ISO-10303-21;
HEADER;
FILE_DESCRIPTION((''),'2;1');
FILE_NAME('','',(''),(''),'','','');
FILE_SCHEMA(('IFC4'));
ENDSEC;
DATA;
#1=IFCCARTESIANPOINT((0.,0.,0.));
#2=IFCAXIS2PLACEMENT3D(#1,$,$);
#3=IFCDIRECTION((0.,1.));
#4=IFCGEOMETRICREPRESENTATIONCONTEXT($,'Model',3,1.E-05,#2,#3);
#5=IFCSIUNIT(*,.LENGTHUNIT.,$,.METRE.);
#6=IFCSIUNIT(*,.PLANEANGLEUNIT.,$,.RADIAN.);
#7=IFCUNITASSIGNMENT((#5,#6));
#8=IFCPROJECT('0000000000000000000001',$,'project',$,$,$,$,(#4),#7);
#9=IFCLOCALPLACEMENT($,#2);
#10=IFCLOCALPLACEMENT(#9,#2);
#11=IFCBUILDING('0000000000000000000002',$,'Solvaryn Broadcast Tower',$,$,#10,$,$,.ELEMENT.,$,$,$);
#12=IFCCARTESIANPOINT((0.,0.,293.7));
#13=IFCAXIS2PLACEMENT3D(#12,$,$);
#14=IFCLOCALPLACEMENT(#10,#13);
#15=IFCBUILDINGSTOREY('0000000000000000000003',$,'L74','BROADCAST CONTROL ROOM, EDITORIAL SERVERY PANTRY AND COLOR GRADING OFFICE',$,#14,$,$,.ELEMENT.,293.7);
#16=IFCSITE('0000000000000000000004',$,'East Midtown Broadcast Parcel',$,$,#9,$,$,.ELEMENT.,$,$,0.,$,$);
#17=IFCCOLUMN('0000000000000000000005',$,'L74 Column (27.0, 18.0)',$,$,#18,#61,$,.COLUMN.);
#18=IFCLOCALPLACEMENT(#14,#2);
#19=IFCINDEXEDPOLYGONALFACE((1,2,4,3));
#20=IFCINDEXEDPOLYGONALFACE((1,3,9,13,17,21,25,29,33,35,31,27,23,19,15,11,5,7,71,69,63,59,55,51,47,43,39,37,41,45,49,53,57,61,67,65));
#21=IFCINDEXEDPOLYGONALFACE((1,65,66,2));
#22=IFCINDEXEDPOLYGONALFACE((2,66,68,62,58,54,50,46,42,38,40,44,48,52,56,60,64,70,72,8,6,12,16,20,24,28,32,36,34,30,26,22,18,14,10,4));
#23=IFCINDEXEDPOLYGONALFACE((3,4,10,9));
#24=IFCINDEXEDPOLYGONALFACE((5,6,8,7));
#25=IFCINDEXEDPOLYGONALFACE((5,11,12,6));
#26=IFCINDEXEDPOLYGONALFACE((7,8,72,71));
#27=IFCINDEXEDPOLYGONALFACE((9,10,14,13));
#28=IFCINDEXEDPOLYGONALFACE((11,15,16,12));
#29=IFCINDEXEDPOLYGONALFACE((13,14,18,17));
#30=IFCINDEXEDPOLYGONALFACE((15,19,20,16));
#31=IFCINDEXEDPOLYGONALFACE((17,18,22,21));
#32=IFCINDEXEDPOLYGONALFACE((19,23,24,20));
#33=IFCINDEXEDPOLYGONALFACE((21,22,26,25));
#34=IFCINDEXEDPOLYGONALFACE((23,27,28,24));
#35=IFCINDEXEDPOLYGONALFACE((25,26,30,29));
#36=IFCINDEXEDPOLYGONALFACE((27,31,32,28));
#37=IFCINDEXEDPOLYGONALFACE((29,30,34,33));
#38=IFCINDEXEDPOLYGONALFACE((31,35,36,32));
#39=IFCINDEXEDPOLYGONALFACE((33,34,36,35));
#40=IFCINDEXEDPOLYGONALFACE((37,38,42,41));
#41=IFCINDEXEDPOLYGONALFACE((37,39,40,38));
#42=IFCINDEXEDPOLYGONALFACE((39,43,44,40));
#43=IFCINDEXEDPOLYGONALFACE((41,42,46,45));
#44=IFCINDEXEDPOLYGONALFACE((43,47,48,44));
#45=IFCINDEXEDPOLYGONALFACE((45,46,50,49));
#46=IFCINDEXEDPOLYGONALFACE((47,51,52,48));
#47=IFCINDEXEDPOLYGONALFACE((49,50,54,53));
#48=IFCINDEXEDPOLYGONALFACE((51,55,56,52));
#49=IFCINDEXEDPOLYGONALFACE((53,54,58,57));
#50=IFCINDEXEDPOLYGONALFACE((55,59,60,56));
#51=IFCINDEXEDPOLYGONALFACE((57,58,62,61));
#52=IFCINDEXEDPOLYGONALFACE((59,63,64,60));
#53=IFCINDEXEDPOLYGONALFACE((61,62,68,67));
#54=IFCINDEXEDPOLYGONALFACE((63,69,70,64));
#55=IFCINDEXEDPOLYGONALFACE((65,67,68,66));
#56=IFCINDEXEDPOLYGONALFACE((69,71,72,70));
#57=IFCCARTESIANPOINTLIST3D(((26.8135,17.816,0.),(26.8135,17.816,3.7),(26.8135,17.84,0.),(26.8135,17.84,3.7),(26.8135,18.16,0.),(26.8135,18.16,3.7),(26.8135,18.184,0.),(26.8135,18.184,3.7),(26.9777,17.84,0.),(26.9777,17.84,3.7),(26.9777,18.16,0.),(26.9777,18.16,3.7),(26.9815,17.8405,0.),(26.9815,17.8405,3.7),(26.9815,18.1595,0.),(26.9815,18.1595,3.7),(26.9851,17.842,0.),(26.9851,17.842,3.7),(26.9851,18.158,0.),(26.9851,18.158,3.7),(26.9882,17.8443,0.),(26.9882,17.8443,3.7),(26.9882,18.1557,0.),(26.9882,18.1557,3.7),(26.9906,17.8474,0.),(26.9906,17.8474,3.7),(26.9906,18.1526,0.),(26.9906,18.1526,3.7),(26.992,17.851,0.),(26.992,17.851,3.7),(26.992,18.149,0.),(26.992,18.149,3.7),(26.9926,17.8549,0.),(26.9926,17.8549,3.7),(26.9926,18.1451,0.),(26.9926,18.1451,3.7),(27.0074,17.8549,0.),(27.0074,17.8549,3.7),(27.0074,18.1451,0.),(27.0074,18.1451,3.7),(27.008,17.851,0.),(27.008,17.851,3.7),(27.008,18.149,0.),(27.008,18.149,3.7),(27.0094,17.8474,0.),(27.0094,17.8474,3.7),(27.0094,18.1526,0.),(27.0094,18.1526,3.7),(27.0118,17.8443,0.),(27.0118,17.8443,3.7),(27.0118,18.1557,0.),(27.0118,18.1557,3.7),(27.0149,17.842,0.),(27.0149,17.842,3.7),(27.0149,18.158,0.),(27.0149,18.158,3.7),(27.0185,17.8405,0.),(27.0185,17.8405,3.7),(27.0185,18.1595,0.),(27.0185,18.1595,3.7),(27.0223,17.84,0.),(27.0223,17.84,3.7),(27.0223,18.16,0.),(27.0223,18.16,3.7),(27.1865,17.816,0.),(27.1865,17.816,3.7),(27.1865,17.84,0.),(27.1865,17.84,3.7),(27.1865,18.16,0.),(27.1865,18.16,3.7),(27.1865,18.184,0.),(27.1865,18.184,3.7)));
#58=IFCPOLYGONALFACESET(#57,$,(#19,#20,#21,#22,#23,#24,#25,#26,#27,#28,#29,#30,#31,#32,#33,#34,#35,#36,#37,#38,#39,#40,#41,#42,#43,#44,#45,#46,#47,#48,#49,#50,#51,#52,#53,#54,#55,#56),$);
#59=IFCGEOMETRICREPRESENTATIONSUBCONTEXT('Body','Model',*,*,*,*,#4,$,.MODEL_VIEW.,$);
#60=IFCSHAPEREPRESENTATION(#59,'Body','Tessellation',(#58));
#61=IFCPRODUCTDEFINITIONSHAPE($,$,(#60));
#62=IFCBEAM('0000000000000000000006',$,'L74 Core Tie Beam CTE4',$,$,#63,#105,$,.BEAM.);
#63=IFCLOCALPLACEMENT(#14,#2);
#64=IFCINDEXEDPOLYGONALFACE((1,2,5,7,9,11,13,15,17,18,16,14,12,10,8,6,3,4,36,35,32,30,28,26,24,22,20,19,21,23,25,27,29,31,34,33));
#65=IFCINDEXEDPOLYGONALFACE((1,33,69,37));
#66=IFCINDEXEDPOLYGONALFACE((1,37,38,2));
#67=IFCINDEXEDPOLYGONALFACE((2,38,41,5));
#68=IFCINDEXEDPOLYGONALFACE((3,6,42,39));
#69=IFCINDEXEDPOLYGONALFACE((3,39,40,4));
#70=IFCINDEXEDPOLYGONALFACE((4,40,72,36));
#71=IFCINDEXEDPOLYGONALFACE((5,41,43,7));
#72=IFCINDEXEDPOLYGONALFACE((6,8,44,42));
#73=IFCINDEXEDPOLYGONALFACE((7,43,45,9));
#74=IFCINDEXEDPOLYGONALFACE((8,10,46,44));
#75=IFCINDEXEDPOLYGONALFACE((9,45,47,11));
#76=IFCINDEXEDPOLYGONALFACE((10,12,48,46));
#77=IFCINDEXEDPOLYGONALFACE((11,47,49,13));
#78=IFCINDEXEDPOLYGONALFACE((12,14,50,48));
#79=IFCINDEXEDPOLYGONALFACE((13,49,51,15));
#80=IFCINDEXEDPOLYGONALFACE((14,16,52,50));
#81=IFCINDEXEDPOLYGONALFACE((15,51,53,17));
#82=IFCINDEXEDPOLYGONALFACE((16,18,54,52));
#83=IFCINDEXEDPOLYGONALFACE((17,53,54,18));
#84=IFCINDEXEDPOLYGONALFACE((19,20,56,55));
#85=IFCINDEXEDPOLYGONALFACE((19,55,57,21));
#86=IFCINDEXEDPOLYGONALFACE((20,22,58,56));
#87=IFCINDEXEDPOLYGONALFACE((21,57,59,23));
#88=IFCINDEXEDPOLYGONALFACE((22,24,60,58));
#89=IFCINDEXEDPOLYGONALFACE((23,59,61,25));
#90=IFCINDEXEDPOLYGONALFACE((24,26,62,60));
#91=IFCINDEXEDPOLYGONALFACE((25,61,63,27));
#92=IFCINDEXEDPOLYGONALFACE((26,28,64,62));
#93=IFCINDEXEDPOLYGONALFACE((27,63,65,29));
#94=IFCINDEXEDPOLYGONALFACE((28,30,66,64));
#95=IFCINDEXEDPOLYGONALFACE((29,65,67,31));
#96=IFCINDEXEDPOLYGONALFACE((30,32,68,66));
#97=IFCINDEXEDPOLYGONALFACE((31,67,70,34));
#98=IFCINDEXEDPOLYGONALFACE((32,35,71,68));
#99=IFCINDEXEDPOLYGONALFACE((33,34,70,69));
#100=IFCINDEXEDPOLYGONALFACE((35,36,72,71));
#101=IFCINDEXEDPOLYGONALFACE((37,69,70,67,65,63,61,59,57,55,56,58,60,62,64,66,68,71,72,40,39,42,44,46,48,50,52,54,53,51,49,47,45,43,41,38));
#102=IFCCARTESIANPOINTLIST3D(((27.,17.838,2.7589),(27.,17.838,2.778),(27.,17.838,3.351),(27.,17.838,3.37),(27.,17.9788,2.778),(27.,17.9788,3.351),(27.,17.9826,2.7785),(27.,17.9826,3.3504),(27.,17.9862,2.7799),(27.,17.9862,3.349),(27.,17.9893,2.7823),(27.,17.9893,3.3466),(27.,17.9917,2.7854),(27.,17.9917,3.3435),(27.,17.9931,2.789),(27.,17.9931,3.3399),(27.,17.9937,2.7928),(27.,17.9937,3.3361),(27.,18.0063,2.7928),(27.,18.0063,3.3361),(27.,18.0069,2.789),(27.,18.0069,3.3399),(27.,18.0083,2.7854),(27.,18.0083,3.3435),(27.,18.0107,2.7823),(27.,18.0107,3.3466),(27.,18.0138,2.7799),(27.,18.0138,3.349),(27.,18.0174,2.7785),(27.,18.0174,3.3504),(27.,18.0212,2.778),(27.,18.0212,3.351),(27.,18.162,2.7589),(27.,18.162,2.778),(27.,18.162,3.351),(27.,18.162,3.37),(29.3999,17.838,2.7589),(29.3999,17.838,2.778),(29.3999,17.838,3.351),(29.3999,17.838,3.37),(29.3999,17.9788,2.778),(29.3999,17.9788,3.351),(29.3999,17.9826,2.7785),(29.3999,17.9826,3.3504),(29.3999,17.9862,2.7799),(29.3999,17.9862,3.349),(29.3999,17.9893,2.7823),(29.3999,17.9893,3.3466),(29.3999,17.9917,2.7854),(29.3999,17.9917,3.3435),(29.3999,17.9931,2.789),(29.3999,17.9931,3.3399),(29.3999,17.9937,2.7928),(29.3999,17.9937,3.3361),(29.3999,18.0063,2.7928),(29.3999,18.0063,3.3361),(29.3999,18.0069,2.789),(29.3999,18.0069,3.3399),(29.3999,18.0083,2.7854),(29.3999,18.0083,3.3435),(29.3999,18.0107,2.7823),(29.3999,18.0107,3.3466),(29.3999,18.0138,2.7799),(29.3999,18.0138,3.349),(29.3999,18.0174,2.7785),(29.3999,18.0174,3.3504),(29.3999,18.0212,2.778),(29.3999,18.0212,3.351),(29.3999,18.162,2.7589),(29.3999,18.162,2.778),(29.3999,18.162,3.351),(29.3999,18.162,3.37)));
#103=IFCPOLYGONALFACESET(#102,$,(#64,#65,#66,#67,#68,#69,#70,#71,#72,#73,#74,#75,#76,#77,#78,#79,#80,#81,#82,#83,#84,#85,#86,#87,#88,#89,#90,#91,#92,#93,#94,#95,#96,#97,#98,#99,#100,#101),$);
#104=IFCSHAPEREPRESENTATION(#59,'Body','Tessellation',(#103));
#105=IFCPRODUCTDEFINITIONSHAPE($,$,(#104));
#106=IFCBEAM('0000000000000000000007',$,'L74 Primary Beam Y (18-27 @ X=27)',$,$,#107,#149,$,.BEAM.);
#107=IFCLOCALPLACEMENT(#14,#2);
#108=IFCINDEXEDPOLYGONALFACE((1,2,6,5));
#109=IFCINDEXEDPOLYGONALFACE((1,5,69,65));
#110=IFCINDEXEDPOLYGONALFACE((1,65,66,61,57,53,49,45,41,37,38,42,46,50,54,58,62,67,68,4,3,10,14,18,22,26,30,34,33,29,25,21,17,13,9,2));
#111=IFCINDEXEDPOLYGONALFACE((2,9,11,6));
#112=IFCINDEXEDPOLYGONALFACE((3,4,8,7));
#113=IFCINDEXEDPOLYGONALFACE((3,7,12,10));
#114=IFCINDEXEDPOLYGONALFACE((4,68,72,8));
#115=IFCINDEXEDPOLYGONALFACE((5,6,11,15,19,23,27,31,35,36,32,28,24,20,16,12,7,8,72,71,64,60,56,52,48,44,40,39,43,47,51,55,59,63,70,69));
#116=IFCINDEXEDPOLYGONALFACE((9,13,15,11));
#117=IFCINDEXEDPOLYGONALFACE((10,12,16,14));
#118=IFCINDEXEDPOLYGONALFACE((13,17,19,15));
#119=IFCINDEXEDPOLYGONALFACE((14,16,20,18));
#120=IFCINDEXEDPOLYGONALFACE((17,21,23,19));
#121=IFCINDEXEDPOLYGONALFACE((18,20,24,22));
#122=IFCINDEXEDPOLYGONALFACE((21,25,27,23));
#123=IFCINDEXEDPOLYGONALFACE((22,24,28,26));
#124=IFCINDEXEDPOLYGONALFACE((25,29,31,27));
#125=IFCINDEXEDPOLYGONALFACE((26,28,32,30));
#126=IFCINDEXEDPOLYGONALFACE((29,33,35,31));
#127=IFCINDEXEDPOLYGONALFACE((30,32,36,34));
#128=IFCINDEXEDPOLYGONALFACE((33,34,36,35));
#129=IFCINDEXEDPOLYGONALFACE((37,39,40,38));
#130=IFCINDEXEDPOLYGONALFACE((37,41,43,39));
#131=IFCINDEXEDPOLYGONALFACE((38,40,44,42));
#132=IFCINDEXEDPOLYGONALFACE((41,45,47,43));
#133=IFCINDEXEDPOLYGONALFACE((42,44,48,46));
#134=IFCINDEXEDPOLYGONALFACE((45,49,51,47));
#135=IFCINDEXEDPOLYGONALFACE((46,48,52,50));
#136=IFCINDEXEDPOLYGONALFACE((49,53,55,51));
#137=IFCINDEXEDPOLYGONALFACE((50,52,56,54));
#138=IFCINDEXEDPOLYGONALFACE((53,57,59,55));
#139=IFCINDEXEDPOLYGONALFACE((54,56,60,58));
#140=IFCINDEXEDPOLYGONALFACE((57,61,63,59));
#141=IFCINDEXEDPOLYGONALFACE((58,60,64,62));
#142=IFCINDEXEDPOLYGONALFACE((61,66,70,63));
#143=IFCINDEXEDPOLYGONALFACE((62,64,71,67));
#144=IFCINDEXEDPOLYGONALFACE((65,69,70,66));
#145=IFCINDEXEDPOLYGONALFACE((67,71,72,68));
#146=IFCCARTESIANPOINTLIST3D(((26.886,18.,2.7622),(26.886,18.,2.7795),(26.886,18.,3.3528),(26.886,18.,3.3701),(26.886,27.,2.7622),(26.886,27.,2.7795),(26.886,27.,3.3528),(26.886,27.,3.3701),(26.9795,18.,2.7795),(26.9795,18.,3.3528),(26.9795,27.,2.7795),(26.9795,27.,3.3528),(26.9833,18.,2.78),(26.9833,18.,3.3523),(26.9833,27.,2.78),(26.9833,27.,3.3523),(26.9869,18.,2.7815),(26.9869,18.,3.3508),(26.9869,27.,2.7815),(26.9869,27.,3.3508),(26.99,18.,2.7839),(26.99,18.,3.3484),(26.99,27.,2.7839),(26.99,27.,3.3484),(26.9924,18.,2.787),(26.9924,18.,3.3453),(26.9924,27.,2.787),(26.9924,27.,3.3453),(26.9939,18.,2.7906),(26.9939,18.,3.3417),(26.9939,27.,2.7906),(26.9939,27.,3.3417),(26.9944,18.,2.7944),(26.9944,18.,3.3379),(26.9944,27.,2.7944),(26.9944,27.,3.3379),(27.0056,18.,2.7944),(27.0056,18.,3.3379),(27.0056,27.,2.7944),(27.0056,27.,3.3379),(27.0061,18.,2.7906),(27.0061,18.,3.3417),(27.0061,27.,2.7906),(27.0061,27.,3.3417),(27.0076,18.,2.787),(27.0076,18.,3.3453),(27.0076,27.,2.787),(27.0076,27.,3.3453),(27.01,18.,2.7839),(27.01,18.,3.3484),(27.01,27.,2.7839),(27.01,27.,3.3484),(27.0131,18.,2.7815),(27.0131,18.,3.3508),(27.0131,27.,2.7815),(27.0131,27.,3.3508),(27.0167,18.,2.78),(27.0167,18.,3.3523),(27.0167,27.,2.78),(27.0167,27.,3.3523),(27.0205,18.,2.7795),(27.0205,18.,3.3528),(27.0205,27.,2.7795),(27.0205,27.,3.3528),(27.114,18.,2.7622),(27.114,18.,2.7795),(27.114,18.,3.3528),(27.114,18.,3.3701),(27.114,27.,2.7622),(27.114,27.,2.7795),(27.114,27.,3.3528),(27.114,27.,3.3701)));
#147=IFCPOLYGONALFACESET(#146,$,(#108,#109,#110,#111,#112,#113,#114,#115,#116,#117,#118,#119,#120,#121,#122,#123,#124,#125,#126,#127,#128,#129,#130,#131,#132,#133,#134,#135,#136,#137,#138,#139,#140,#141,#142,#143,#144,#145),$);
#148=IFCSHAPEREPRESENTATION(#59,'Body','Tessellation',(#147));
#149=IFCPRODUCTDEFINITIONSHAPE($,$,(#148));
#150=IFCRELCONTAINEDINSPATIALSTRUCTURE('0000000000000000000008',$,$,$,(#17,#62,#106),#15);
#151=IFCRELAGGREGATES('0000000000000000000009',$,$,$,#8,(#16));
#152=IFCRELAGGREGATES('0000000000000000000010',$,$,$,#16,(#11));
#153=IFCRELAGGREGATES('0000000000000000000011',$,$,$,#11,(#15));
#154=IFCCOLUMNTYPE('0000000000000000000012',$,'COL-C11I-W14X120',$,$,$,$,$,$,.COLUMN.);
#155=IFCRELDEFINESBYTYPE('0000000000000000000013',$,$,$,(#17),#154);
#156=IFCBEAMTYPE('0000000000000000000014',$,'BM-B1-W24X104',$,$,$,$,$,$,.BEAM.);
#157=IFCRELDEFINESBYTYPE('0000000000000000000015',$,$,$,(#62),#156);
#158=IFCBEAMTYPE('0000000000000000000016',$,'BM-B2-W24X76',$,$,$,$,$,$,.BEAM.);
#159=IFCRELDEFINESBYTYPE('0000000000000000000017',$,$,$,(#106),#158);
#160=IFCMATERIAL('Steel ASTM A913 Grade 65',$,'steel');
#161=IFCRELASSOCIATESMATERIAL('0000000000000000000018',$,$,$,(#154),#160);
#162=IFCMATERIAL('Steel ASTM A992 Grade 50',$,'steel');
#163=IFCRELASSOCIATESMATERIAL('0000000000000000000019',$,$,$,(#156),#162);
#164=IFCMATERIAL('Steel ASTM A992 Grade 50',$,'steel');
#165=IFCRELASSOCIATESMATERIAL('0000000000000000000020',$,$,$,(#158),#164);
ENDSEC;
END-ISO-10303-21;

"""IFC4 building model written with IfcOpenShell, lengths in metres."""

from ifc_helpers import new_model, si_unit, direction, frame, origin, origin_2d, place, context, subcontext, project, spatial, i_section, extrude, material, material_profile, profile_set, type_object, element, save


model = new_model("IFC4")

# Units and contexts
model_context = context("Model", 3, precision=1e-05, world=origin(), true_north=direction((0.0, 1.0)))
body_context = subcontext(model_context, "Body", "Model", "MODEL_VIEW")
ifc_project = project(units=[si_unit("LENGTHUNIT", "METRE"), si_unit("PLANEANGLEUNIT", "RADIAN")], contexts=[model_context])

# Site, building, storey
site_placement = place(None, origin())
site = spatial("IfcSite", under=ifc_project, at=site_placement, Name="East Midtown Broadcast Parcel", CompositionType="ELEMENT", RefElevation=0.0)
building_placement = place(site_placement, origin())
building = spatial("IfcBuilding", under=site, at=building_placement, Name="Solvaryn Broadcast Tower", CompositionType="ELEMENT")
storey_placement = place(building_placement, frame((0.0, 0.0, 293.7)))
storey = spatial("IfcBuildingStorey", under=building, at=storey_placement, Name="L74", Description="BROADCAST CONTROL ROOM, EDITORIAL SERVERY PANTRY AND COLOR GRADING OFFICE", CompositionType="ELEMENT", Elevation=293.7)

# Column
ifc_material_1 = material(Name="Steel ASTM A913 Grade 65", Category="steel")
ifc_material_profile_1 = material_profile(ifc_material_1, i_section(OverallWidth=0.373, OverallDepth=0.3679, WebThickness=0.0149, FlangeThickness=0.0239, FilletRadius=0.0149, at=origin_2d()))
ifc_profile_set_1 = profile_set([ifc_material_profile_1], Name="Steel ASTM A913 Grade 65")
column_type = type_object("IfcColumnType", Name="COL-C11I-W14X120", PredefinedType="COLUMN", material=ifc_profile_set_1)
column_placement = place(storey_placement, frame((27.0, 18.0, 0.0), z_axis=(0.0, 0.0, 1.0), x_axis=(1.0, 0.0, 0.0)))
element("IfcColumn", 1, at=column_placement, inside=storey, type_object=column_type, Name="L74 Column (27.0, 18.0)", PredefinedType="COLUMN", context=body_context, shape_type="SweptSolid", body=[
    extrude(i_section(OverallWidth=0.373, OverallDepth=0.3679, WebThickness=0.0149, FlangeThickness=0.0239, FilletRadius=0.0149, at=origin_2d()), origin(), (0.0, 0.0, 1.0), 3.7),
])

# Beams
ifc_material_2 = material(Name="Steel ASTM A992 Grade 50", Category="steel")
ifc_material_profile_2 = material_profile(ifc_material_2, i_section(OverallWidth=0.324, OverallDepth=0.6111, WebThickness=0.0127, FlangeThickness=0.019, FilletRadius=0.0149, at=origin_2d()))
ifc_profile_set_2 = profile_set([ifc_material_profile_2], Name="Steel ASTM A992 Grade 50")
beam_type_1 = type_object("IfcBeamType", Name="BM-B1-W24X104", PredefinedType="BEAM", material=ifc_profile_set_2)
beam_1_placement = place(storey_placement, frame((27.0, 18.0, 3.0645), z_axis=(1.0, 0.0, 0.0), x_axis=(0.0, 1.0, 0.0)))
element("IfcBeam", 2, at=beam_1_placement, inside=storey, type_object=beam_type_1, Name="L74 Core Tie Beam CTE4", PredefinedType="BEAM", context=body_context, shape_type="SweptSolid", body=[
    extrude(i_section(OverallWidth=0.324, OverallDepth=0.6111, WebThickness=0.0127, FlangeThickness=0.019, FilletRadius=0.0149, at=origin_2d()), origin(), (0.0, 0.0, 1.0), 2.3999),
])
ifc_material_3 = material(Name="Steel ASTM A992 Grade 50", Category="steel")
ifc_material_profile_3 = material_profile(ifc_material_3, i_section(OverallWidth=0.228, OverallDepth=0.6079, WebThickness=0.0112, FlangeThickness=0.0173, FilletRadius=0.0149, at=origin_2d()))
ifc_profile_set_3 = profile_set([ifc_material_profile_3], Name="Steel ASTM A992 Grade 50")
beam_type_2 = type_object("IfcBeamType", Name="BM-B2-W24X76", PredefinedType="BEAM", material=ifc_profile_set_3)
beam_2_placement = place(storey_placement, frame((27.0, 18.0, 3.0662), z_axis=(0.0, 1.0, 0.0), x_axis=(-1.0, 0.0, 0.0)))
element("IfcBeam", 3, at=beam_2_placement, inside=storey, type_object=beam_type_2, Name="L74 Primary Beam Y (18-27 @ X=27)", PredefinedType="BEAM", context=body_context, shape_type="SweptSolid", body=[
    extrude(i_section(OverallWidth=0.228, OverallDepth=0.6079, WebThickness=0.0112, FlangeThickness=0.0173, FilletRadius=0.0149, at=origin_2d()), origin(), (0.0, 0.0, 1.0), 9.0),
])

save(model, "model.ifc")
